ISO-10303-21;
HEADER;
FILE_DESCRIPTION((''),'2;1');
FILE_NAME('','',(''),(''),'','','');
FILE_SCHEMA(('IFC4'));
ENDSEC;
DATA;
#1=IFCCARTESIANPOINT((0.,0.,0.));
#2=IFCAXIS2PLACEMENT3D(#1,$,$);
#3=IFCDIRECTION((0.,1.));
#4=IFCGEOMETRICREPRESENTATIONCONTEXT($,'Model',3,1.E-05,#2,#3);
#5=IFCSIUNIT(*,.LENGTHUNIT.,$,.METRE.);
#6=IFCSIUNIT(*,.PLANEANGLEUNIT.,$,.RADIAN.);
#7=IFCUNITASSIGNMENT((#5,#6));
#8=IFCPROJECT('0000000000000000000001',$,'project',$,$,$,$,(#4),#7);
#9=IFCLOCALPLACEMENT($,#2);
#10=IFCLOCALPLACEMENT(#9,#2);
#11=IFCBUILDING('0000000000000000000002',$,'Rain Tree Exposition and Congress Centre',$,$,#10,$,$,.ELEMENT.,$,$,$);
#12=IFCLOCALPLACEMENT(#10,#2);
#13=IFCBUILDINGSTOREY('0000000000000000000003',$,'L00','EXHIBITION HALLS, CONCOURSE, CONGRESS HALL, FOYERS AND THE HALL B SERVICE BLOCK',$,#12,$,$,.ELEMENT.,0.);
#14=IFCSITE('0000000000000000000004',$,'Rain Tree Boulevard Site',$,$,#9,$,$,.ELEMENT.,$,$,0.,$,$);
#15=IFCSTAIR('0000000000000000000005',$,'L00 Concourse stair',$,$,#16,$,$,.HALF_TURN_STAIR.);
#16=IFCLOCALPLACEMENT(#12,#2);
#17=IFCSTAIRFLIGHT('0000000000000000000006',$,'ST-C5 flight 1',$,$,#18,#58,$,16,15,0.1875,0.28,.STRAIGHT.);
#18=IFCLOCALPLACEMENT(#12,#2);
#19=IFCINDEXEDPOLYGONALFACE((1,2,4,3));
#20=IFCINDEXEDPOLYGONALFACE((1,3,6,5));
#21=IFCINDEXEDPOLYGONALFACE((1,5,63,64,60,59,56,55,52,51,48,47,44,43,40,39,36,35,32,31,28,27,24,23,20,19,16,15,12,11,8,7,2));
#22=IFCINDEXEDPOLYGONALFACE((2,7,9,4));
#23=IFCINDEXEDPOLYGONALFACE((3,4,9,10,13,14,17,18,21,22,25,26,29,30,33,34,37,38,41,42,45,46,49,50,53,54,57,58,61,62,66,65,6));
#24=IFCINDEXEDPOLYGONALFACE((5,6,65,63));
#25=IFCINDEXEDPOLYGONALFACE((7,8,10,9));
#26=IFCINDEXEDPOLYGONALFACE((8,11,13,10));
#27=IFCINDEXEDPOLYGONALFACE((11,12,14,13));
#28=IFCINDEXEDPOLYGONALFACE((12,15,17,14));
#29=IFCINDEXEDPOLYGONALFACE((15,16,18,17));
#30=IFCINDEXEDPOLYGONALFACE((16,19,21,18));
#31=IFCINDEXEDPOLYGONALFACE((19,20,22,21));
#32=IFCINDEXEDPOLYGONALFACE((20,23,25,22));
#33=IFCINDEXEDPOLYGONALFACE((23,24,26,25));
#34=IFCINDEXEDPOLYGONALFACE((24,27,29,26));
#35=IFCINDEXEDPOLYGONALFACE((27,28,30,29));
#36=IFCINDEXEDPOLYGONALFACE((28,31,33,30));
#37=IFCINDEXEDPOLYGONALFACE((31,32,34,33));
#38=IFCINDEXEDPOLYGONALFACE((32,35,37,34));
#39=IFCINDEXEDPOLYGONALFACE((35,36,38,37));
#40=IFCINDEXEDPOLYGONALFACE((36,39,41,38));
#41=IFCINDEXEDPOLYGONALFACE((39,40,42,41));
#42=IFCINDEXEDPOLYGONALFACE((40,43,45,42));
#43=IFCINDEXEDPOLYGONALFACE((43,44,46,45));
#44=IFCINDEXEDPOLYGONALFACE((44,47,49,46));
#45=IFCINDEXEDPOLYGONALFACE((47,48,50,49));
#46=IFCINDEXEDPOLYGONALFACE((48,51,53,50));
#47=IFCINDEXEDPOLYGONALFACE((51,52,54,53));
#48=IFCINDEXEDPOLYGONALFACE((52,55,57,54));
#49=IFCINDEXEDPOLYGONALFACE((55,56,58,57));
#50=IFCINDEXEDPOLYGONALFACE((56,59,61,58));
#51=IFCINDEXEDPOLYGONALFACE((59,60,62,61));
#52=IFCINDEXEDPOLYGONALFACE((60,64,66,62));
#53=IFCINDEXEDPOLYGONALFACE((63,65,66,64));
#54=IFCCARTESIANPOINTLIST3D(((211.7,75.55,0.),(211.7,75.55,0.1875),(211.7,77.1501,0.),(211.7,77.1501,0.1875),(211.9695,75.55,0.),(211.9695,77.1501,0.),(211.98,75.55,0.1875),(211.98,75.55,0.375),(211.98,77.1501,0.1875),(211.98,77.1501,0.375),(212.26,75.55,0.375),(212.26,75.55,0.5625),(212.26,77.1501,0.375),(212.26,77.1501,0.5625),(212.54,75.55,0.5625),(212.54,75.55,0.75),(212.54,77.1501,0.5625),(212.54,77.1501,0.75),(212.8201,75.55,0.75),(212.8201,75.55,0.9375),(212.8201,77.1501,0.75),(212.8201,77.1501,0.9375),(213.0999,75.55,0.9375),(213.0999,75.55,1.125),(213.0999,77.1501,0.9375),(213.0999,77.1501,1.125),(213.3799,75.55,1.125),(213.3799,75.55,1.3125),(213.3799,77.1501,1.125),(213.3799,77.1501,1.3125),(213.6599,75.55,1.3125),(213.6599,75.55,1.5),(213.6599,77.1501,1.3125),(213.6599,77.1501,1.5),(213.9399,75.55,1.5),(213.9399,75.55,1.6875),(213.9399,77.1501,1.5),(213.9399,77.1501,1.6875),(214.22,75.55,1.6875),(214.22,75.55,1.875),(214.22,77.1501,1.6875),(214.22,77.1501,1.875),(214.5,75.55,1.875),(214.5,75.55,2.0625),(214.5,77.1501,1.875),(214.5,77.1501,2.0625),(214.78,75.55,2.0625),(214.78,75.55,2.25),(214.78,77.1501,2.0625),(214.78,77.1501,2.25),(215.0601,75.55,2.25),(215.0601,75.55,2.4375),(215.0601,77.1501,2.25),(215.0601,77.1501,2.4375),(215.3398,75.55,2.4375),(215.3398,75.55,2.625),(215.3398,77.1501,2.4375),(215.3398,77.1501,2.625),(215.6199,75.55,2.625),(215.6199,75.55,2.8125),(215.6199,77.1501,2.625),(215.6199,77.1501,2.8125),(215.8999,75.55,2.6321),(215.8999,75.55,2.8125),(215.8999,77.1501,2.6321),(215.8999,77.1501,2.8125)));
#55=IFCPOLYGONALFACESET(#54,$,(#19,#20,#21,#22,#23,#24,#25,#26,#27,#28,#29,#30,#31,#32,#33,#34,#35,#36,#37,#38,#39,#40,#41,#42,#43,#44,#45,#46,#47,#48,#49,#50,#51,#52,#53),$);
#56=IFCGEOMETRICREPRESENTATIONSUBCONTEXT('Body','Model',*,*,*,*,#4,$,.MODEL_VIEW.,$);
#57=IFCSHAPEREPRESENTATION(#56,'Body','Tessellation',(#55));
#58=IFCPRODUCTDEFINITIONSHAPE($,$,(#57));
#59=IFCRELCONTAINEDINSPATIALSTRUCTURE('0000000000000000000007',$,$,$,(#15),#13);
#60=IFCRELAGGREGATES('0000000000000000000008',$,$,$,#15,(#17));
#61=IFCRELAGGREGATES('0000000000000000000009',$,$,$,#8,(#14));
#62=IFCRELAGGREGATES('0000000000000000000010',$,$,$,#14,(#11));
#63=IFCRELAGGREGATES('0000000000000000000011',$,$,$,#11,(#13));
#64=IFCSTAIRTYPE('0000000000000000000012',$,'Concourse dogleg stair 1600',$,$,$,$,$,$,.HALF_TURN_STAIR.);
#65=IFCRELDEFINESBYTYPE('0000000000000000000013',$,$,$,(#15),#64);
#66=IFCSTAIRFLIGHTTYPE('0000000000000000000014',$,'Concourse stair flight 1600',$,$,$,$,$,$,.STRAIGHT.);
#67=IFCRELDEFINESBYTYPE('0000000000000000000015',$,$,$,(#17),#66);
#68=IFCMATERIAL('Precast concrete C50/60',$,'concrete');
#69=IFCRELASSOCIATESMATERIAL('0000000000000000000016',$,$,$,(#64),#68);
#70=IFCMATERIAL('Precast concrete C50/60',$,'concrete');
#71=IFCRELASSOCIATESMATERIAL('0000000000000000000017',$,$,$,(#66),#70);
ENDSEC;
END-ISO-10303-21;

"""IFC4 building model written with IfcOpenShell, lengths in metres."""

from ifc_helpers import new_model, si_unit, direction, frame, origin, place, context, subcontext, project, spatial, polyline, outline, extrude, material, type_object, element, aggregate, save


model = new_model("IFC4")

# Units and contexts
model_context = context("Model", 3, precision=1e-05, world=origin(), true_north=direction((0.0, 1.0)))
body_context = subcontext(model_context, "Body", "Model", "MODEL_VIEW")
ifc_project = project(units=[si_unit("LENGTHUNIT", "METRE"), si_unit("PLANEANGLEUNIT", "RADIAN")], contexts=[model_context])

# Site, building, storey
site_placement = place(None, origin())
site = spatial("IfcSite", under=ifc_project, at=site_placement, Name="Rain Tree Boulevard Site", CompositionType="ELEMENT", RefElevation=0.0)
building_placement = place(site_placement, origin())
building = spatial("IfcBuilding", under=site, at=building_placement, Name="Rain Tree Exposition and Congress Centre", CompositionType="ELEMENT")
storey_placement = place(building_placement, origin())
storey = spatial("IfcBuildingStorey", under=building, at=storey_placement, Name="L00", Description="EXHIBITION HALLS, CONCOURSE, CONGRESS HALL, FOYERS AND THE HALL B SERVICE BLOCK", CompositionType="ELEMENT", Elevation=0.0)

# Stair, stair flight
ifc_material_1 = material(Name="Precast concrete C50/60", Category="concrete")
stair_type = type_object("IfcStairType", Name="Concourse dogleg stair 1600", PredefinedType="HALF_TURN_STAIR", material=ifc_material_1)
stair_placement = place(storey_placement, origin())
stair = element("IfcStair", 1, at=stair_placement, inside=storey, type_object=stair_type, Name="L00 Concourse stair", PredefinedType="HALF_TURN_STAIR")
ifc_material_2 = material(Name="Precast concrete C50/60", Category="concrete")
stair_flight_type = type_object("IfcStairFlightType", Name="Concourse stair flight 1600", PredefinedType="STRAIGHT", material=ifc_material_2)
stair_flight_placement = place(storey_placement, frame((211.7, 76.3501, 0.0), z_axis=(0.0, 0.0, 1.0), x_axis=(1.0, 0.0, 0.0)))
stair_flight = element("IfcStairFlight", 2, at=stair_flight_placement, type_object=stair_flight_type, Name="ST-C5 flight 1", NumberOfRisers=16, NumberOfTreads=15, PredefinedType="STRAIGHT", RiserHeight=0.1875, TreadLength=0.28, context=body_context, shape_type="SweptSolid", body=[
    extrude(outline(polyline([(0.0, 0.0), (0.0, 0.1875), (0.28, 0.1875), (0.28, 0.375), (0.5601, 0.375), (0.5601, 0.5625), (0.8401, 0.5625), (0.8401, 0.75), (1.1201, 0.75), (1.1201, 0.9375), (1.3999, 0.9375), (1.3999, 1.125), (1.6799, 1.125), (1.6799, 1.3125), (1.96, 1.3125), (1.96, 1.5), (2.24, 1.5), (2.24, 1.6875), (2.52, 1.6875), (2.52, 1.875), (2.8, 1.875), (2.8, 2.0625), (3.0801, 2.0625), (3.0801, 2.25), (3.3601, 2.25), (3.3601, 2.4375), (3.6399, 2.4375), (3.6399, 2.625), (3.9199, 2.625), (3.9199, 2.8125), (4.2, 2.8125), (4.2, 3.0), (4.2, 2.6321), (0.2695, 0.0), (0.0, 0.0)])), frame((0.0, 0.8, 0.0), z_axis=(0.0, -1.0, 0.0), x_axis=(1.0, 0.0, 0.0)), (0.0, 0.0, 1.0), 1.6001),
])
aggregate(stair, [stair_flight])

save(model, "model.ifc")
